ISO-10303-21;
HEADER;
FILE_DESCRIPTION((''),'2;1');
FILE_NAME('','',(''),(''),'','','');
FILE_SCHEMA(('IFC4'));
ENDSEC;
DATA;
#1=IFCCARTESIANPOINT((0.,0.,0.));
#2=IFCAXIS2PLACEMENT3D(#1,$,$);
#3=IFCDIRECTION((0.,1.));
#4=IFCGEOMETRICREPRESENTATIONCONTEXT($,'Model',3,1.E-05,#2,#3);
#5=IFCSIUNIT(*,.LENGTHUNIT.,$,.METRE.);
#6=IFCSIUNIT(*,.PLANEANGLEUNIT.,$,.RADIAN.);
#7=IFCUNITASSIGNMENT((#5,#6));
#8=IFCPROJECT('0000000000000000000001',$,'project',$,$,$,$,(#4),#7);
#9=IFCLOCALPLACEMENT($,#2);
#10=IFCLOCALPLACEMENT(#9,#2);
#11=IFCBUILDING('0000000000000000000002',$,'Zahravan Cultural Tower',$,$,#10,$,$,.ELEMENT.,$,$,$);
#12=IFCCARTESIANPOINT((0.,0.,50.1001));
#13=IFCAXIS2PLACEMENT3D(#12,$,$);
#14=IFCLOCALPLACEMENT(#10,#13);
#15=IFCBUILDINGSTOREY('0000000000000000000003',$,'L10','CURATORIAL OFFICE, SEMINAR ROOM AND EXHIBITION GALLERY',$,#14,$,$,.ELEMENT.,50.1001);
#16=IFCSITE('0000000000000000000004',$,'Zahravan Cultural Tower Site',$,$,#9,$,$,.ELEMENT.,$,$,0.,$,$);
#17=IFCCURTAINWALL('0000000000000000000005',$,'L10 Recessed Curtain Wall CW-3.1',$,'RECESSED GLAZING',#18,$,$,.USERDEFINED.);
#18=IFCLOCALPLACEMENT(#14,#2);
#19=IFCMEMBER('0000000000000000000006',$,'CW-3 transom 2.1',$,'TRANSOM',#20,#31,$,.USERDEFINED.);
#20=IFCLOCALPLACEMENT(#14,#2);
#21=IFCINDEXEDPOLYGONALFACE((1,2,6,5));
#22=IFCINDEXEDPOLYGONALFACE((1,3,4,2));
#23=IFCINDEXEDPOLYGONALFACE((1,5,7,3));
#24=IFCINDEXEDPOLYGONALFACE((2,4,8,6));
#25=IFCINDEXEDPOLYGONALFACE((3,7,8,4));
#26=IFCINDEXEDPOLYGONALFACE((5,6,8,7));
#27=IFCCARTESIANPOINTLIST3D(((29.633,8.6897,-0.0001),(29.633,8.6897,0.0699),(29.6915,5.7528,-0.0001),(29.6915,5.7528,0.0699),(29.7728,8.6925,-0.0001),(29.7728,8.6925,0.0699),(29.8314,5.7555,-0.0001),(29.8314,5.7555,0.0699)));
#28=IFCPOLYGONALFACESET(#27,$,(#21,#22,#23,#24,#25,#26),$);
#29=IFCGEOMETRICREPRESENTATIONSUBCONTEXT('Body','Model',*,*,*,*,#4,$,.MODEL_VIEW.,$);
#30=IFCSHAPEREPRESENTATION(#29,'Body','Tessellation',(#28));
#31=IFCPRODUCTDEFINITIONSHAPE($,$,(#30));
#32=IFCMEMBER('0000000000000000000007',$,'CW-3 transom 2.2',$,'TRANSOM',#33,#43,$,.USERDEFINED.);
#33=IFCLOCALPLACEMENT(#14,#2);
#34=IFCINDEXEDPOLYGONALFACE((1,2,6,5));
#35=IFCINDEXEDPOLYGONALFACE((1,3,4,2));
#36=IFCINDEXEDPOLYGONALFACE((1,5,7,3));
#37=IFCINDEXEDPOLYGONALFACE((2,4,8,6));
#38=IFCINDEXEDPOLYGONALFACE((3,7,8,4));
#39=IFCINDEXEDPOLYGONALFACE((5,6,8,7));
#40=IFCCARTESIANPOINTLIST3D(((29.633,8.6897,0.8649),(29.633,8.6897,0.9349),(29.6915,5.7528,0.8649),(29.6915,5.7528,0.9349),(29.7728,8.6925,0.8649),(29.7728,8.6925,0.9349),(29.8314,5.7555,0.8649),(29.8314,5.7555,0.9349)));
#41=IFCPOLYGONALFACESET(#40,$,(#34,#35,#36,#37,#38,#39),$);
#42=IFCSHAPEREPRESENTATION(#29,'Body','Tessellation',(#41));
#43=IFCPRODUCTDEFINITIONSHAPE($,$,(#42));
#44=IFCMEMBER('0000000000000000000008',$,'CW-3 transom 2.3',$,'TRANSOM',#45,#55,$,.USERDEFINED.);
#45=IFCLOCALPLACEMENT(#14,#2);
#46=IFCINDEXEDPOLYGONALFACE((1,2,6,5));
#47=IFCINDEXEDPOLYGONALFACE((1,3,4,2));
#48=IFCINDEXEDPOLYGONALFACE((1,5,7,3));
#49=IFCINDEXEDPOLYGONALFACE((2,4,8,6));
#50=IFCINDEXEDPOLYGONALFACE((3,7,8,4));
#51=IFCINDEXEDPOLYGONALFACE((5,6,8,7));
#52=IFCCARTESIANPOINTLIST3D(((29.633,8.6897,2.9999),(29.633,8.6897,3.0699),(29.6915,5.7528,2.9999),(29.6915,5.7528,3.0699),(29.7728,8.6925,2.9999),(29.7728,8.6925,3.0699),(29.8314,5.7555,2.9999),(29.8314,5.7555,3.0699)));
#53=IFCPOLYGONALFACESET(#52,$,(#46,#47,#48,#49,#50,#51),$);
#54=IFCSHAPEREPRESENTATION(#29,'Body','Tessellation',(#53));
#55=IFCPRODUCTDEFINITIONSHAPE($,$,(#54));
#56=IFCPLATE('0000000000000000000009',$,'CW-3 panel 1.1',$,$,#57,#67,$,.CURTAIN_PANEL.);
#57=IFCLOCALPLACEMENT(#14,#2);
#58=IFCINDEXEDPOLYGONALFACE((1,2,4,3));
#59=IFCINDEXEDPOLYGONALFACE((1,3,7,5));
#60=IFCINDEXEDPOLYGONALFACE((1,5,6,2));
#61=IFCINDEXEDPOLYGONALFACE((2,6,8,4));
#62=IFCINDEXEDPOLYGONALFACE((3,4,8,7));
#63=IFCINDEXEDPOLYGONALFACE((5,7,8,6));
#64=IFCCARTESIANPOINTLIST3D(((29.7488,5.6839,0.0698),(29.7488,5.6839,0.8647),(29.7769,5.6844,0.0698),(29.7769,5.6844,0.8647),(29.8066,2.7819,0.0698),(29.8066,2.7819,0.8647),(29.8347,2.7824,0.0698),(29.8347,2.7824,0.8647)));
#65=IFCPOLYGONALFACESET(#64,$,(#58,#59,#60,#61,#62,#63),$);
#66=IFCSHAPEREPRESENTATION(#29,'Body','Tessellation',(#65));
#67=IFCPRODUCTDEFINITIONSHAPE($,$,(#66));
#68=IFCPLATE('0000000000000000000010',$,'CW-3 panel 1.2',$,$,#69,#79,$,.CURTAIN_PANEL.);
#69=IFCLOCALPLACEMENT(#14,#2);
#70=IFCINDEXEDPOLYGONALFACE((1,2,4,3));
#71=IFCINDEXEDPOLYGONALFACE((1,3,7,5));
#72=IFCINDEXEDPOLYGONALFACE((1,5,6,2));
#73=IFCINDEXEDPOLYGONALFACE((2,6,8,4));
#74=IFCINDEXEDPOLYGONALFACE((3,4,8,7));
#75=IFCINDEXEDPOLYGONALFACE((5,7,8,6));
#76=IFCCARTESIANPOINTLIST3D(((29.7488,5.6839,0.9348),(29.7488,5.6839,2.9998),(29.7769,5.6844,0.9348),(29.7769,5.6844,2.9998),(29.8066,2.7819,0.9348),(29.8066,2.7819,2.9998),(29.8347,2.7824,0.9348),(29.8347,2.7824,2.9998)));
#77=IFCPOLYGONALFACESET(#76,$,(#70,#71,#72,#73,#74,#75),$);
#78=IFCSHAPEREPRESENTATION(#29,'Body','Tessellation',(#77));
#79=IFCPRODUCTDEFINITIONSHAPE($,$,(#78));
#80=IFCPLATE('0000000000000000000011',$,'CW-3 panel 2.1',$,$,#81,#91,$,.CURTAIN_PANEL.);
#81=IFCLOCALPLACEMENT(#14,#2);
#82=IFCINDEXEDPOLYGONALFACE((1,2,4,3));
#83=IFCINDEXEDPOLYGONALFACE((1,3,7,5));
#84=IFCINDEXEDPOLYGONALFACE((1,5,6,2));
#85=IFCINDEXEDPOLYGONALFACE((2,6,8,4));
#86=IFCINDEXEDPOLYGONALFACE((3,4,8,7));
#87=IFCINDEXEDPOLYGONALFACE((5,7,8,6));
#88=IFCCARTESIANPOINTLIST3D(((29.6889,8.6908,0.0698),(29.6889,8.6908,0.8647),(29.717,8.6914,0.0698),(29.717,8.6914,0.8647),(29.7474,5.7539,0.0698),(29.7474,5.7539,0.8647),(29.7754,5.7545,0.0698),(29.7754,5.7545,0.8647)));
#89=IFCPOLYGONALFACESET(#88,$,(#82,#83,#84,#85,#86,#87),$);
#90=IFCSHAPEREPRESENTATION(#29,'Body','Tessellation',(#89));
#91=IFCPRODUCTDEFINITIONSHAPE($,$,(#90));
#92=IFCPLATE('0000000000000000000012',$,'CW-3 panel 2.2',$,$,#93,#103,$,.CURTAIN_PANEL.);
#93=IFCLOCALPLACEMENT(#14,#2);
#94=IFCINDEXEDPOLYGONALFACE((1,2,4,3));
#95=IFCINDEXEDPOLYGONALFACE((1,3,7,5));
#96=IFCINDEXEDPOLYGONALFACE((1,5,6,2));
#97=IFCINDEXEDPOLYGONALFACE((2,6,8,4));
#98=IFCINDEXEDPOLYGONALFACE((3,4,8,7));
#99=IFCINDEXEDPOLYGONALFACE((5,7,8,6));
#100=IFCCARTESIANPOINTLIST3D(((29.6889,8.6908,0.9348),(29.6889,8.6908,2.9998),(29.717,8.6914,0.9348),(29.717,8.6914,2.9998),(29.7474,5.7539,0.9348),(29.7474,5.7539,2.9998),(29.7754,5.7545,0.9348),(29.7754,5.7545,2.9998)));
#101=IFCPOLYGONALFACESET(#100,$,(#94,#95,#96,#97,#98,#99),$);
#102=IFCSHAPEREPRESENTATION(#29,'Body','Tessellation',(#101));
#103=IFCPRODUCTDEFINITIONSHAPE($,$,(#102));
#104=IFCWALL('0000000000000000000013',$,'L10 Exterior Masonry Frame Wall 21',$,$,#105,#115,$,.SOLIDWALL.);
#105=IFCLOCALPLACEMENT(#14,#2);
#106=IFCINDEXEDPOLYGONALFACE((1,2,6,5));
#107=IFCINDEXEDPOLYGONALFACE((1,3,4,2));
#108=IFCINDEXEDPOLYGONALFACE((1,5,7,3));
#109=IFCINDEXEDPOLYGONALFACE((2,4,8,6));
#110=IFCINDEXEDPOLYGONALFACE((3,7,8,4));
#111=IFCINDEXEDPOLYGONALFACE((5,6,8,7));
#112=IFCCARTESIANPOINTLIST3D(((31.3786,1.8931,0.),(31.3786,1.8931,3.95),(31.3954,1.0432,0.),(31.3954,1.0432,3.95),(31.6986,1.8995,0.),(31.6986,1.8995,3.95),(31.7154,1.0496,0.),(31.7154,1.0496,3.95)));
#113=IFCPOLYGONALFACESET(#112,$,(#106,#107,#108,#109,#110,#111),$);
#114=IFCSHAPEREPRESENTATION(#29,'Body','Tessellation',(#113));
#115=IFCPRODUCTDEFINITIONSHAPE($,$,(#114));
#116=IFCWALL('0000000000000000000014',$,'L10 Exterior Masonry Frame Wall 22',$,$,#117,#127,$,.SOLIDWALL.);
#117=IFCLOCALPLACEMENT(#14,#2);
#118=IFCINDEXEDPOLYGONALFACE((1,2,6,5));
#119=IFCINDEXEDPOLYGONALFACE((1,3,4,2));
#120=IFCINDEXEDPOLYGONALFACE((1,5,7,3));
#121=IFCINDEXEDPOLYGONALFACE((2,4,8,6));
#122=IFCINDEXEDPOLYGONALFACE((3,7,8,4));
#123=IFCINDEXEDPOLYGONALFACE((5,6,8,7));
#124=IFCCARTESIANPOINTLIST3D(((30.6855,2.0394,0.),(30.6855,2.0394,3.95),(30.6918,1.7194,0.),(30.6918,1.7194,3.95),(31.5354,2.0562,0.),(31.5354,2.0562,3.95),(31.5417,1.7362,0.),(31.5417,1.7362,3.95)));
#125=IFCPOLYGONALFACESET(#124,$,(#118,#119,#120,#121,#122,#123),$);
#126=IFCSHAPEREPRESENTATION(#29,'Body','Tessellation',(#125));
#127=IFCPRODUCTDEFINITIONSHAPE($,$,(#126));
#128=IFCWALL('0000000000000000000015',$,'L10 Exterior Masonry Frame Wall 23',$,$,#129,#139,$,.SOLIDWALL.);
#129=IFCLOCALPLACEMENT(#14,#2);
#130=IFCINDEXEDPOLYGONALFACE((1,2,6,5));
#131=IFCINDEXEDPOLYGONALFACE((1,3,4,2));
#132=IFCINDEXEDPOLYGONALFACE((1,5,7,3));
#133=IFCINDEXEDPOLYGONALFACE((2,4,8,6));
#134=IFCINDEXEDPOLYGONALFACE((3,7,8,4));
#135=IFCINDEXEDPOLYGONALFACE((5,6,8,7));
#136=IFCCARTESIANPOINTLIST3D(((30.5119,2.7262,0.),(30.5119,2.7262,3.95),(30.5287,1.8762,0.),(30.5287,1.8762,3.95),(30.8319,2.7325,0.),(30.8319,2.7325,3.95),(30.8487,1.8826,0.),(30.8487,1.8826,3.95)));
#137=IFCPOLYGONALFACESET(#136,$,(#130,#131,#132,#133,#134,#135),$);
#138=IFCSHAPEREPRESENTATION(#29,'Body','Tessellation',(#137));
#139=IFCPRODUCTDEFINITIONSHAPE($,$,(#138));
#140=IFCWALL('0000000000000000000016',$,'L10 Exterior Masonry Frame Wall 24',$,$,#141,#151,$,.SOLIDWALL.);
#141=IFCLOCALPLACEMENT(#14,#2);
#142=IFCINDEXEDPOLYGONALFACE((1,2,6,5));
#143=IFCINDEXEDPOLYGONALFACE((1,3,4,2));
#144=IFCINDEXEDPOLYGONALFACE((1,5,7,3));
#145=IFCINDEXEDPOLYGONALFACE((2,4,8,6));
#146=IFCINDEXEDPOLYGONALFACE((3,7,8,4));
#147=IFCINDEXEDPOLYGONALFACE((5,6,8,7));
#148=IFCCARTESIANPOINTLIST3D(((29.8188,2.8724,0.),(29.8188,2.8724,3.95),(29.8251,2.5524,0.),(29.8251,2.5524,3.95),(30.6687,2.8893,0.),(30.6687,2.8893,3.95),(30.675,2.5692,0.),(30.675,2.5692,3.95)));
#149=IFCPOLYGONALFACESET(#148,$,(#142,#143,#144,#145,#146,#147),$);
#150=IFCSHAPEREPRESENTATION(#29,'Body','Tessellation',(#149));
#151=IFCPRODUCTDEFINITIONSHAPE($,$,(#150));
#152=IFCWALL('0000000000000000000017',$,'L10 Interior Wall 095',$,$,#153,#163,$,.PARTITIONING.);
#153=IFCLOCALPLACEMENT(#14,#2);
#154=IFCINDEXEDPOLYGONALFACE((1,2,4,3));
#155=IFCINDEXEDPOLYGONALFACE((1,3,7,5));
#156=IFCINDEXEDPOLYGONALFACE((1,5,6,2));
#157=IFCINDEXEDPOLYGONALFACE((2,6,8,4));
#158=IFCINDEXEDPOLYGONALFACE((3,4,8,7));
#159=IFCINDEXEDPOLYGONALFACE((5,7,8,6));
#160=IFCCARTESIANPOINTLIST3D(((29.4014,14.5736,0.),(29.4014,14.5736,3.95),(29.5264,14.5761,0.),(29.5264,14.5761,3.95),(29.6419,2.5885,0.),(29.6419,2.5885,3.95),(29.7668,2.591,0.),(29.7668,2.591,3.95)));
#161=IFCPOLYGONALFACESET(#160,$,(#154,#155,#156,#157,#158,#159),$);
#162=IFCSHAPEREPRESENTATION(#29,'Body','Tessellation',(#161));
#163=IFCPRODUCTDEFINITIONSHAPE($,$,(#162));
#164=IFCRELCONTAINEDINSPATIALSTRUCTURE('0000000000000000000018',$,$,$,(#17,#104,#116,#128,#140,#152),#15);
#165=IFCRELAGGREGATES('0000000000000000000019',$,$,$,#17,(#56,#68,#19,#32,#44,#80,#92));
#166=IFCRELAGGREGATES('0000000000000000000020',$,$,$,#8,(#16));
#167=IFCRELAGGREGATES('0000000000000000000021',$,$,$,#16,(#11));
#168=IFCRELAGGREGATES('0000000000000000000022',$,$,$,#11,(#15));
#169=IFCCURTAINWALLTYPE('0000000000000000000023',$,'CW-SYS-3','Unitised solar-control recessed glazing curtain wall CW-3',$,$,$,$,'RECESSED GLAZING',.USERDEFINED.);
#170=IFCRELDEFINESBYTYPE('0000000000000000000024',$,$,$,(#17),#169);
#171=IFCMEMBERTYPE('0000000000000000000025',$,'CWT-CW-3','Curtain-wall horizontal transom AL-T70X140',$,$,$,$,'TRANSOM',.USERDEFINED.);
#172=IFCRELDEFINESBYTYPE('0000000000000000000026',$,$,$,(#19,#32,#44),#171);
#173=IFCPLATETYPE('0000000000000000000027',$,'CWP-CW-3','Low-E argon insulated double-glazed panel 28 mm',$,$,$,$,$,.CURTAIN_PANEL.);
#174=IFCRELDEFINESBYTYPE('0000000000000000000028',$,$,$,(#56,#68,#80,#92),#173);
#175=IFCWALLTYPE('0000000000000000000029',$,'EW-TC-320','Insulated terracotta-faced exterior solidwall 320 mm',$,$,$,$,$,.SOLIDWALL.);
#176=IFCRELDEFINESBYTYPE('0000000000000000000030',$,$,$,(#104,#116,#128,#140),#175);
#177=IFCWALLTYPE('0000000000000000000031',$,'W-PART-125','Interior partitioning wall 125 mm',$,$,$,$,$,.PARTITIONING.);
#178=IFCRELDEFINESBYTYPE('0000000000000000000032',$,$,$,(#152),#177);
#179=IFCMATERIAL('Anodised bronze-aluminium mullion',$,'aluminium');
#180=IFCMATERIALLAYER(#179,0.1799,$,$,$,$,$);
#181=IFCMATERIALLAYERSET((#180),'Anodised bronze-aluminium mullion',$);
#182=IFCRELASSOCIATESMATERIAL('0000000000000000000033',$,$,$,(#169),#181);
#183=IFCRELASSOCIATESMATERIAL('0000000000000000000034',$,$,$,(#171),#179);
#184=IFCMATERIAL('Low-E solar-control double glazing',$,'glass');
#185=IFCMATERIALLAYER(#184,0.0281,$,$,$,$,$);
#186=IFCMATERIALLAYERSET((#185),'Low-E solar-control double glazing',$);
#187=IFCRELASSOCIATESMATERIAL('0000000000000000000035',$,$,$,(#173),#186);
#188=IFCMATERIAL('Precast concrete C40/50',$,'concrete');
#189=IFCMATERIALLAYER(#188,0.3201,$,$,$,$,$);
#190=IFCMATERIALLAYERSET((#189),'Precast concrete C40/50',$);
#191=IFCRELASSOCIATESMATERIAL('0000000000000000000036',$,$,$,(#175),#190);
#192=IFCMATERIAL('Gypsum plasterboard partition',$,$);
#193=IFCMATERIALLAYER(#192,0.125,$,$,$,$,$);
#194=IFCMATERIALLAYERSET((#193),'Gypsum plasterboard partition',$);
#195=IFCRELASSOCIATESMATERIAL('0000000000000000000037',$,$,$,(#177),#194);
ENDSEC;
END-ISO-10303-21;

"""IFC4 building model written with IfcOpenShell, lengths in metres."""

from ifc_helpers import new_model, si_unit, direction, frame, frame_2d, origin, origin_2d, place, context, subcontext, project, spatial, rectangle, extrude, source, transform, mapped, material, layer, layer_set, material_profile, profile_set, type_object, element, aggregate, save


model = new_model("IFC4")

# Units and contexts
model_context = context("Model", 3, precision=1e-05, world=origin(), true_north=direction((0.0, 1.0)))
body_context = subcontext(model_context, "Body", "Model", "MODEL_VIEW")
ifc_project = project(units=[si_unit("LENGTHUNIT", "METRE"), si_unit("PLANEANGLEUNIT", "RADIAN")], contexts=[model_context])

# Site, building, storey
site_placement = place(None, origin())
site = spatial("IfcSite", under=ifc_project, at=site_placement, Name="Zahravan Cultural Tower Site", CompositionType="ELEMENT", RefElevation=0.0)
building_placement = place(site_placement, origin())
building = spatial("IfcBuilding", under=site, at=building_placement, Name="Zahravan Cultural Tower", CompositionType="ELEMENT")
storey_placement = place(building_placement, frame((0.0, 0.0, 50.1001)))
storey = spatial("IfcBuildingStorey", under=building, at=storey_placement, Name="L10", Description="CURATORIAL OFFICE, SEMINAR ROOM AND EXHIBITION GALLERY", CompositionType="ELEMENT", Elevation=50.1001)

# Curtain wall, members, plates
ifc_material_1 = material(Name="Anodised bronze-aluminium mullion", Category="aluminium")
ifc_layer_1 = layer(ifc_material_1, 0.1799)
ifc_layer_set_1 = layer_set([ifc_layer_1], Name="Anodised bronze-aluminium mullion")
curtain_wall_type = type_object("IfcCurtainWallType", Name="CW-SYS-3", Description="Unitised solar-control recessed glazing curtain wall CW-3", ElementType="RECESSED GLAZING", PredefinedType="USERDEFINED", material=ifc_layer_set_1)
curtain_wall_placement = place(storey_placement, origin())
curtain_wall = element("IfcCurtainWall", 1, at=curtain_wall_placement, inside=storey, type_object=curtain_wall_type, Name="L10 Recessed Curtain Wall CW-3.1", ObjectType="RECESSED GLAZING", PredefinedType="USERDEFINED")
ifc_material_profile_1 = material_profile(ifc_material_1, rectangle(XDim=0.1399, YDim=0.0701, at=origin_2d()), Name="AL-T70X140")
ifc_profile_set_1 = profile_set([ifc_material_profile_1], Name="Anodised bronze-aluminium mullion")
member_type_1 = type_object("IfcMemberType", Name="CWT-CW-3", Description="Curtain-wall horizontal transom AL-T70X140", ElementType="TRANSOM", PredefinedType="USERDEFINED", material=ifc_profile_set_1)
shared_shape_1 = source(origin(), body_context, "Body", "SweptSolid", [
    extrude(rectangle(XDim=0.1399, YDim=0.0701, at=origin_2d()), origin(), (0.0, 0.0, 1.0), 2.9375),
])
member_1_placement = place(storey_placement, frame((29.7615, 5.7542, 0.0349), z_axis=(-0.019946, 0.999801, 0.0), x_axis=(-0.999801, -0.019946, 0.0)))
member_1 = element("IfcMember", 2, at=member_1_placement, type_object=member_type_1, Name="CW-3 transom 2.1", ObjectType="TRANSOM", PredefinedType="USERDEFINED", context=body_context, shape_type="MappedRepresentation", body=[
    mapped(shared_shape_1, transform((0.0, 0.0, 0.0), x_axis=(1.0, 0.0, 0.0), y_axis=(0.0, 1.0, 0.0), z_axis=(0.0, 0.0, 1.0), scale=1.0)),
])
member_2_placement = place(storey_placement, frame((29.7615, 5.7542, 0.8999), z_axis=(-0.019946, 0.999801, 0.0), x_axis=(-0.999801, -0.019946, 0.0)))
member_2 = element("IfcMember", 3, at=member_2_placement, type_object=member_type_1, Name="CW-3 transom 2.2", ObjectType="TRANSOM", PredefinedType="USERDEFINED", context=body_context, shape_type="MappedRepresentation", body=[
    mapped(shared_shape_1, transform((0.0, 0.0, 0.0), x_axis=(1.0, 0.0, 0.0), y_axis=(0.0, 1.0, 0.0), z_axis=(0.0, 0.0, 1.0), scale=1.0)),
])
member_3_placement = place(storey_placement, frame((29.7615, 5.7542, 3.0349), z_axis=(-0.019946, 0.999801, 0.0), x_axis=(-0.999801, -0.019946, 0.0)))
member_3 = element("IfcMember", 4, at=member_3_placement, type_object=member_type_1, Name="CW-3 transom 2.3", ObjectType="TRANSOM", PredefinedType="USERDEFINED", context=body_context, shape_type="MappedRepresentation", body=[
    mapped(shared_shape_1, transform((0.0, 0.0, 0.0), x_axis=(1.0, 0.0, 0.0), y_axis=(0.0, 1.0, 0.0), z_axis=(0.0, 0.0, 1.0), scale=1.0)),
])
ifc_material_2 = material(Name="Low-E solar-control double glazing", Category="glass")
ifc_layer_2 = layer(ifc_material_2, 0.0281)
ifc_layer_set_2 = layer_set([ifc_layer_2], Name="Low-E solar-control double glazing")
plate_type = type_object("IfcPlateType", Name="CWP-CW-3", Description="Low-E argon insulated double-glazed panel 28 mm", PredefinedType="CURTAIN_PANEL", material=ifc_layer_set_2)
shared_shape_2 = source(origin(), body_context, "Body", "SweptSolid", [
    extrude(rectangle(XDim=2.9026, YDim=0.0281, at=origin_2d()), origin(), (0.0, 0.0, 1.0), 0.7949),
])
plate_1_placement = place(storey_placement, frame((29.7917, 4.2332, 0.0698), z_axis=(0.0, 0.0, 1.0), x_axis=(-0.0199, 0.999802, 0.0)))
plate_1 = element("IfcPlate", 5, at=plate_1_placement, type_object=plate_type, Name="CW-3 panel 1.1", PredefinedType="CURTAIN_PANEL", context=body_context, shape_type="MappedRepresentation", body=[
    mapped(shared_shape_2, transform((0.0, 0.0, 0.0), x_axis=(1.0, 0.0, 0.0), y_axis=(0.0, 1.0, 0.0), z_axis=(0.0, 0.0, 1.0), scale=1.0)),
])
shared_shape_3 = source(origin(), body_context, "Body", "SweptSolid", [
    extrude(rectangle(XDim=2.9026, YDim=0.0281, at=origin_2d()), origin(), (0.0, 0.0, 1.0), 2.0649),
])
plate_2_placement = place(storey_placement, frame((29.7917, 4.2332, 0.9348), z_axis=(0.0, 0.0, 1.0), x_axis=(-0.0199, 0.999802, 0.0)))
plate_2 = element("IfcPlate", 6, at=plate_2_placement, type_object=plate_type, Name="CW-3 panel 1.2", PredefinedType="CURTAIN_PANEL", context=body_context, shape_type="MappedRepresentation", body=[
    mapped(shared_shape_3, transform((0.0, 0.0, 0.0), x_axis=(1.0, 0.0, 0.0), y_axis=(0.0, 1.0, 0.0), z_axis=(0.0, 0.0, 1.0), scale=1.0)),
])
shared_shape_4 = source(origin(), body_context, "Body", "SweptSolid", [
    extrude(rectangle(XDim=2.9375, YDim=0.0281, at=origin_2d()), origin(), (0.0, 0.0, 1.0), 0.7949),
])
plate_3_placement = place(storey_placement, frame((29.7322, 7.2227, 0.0698), z_axis=(0.0, 0.0, 1.0), x_axis=(-0.0199, 0.999802, 0.0)))
plate_3 = element("IfcPlate", 7, at=plate_3_placement, type_object=plate_type, Name="CW-3 panel 2.1", PredefinedType="CURTAIN_PANEL", context=body_context, shape_type="MappedRepresentation", body=[
    mapped(shared_shape_4, transform((0.0, 0.0, 0.0), x_axis=(1.0, 0.0, 0.0), y_axis=(0.0, 1.0, 0.0), z_axis=(0.0, 0.0, 1.0), scale=1.0)),
])
shared_shape_5 = source(origin(), body_context, "Body", "SweptSolid", [
    extrude(rectangle(XDim=2.9375, YDim=0.0281, at=origin_2d()), origin(), (0.0, 0.0, 1.0), 2.0649),
])
plate_4_placement = place(storey_placement, frame((29.7322, 7.2227, 0.9348), z_axis=(0.0, 0.0, 1.0), x_axis=(-0.0199, 0.999802, 0.0)))
plate_4 = element("IfcPlate", 8, at=plate_4_placement, type_object=plate_type, Name="CW-3 panel 2.2", PredefinedType="CURTAIN_PANEL", context=body_context, shape_type="MappedRepresentation", body=[
    mapped(shared_shape_5, transform((0.0, 0.0, 0.0), x_axis=(1.0, 0.0, 0.0), y_axis=(0.0, 1.0, 0.0), z_axis=(0.0, 0.0, 1.0), scale=1.0)),
])
aggregate(curtain_wall, [plate_1, plate_2, member_1, member_2, member_3, plate_3, plate_4])

# Walls
ifc_material_3 = material(Name="Precast concrete C40/50", Category="concrete")
ifc_layer_3 = layer(ifc_material_3, 0.3201)
ifc_layer_set_3 = layer_set([ifc_layer_3], Name="Precast concrete C40/50")
wall_type_1 = type_object("IfcWallType", Name="EW-TC-320", Description="Insulated terracotta-faced exterior solidwall 320 mm", PredefinedType="SOLIDWALL", material=ifc_layer_set_3)
shared_shape_6 = source(origin(), body_context, "Body", "SweptSolid", [
    extrude(rectangle(XDim=0.8501, YDim=0.3201, at=frame_2d((0.425, 0.0))), origin(), (0.0, 0.0, 1.0), 3.95),
])
for number, where, z_axis, x_axis, name in (
    (9, (31.5554, 1.0464, 0.0), (0.0, 0.0, 1.0), (-0.019818, 0.999804, 0.0), "L10 Exterior Masonry Frame Wall 21"),
    (10, (31.5386, 1.8962, 0.0), (0.0, 0.0, 1.0), (-0.999804, -0.019818, 0.0), "L10 Exterior Masonry Frame Wall 22"),
    (11, (30.6887, 1.8794, 0.0), (0.0, 0.0, 1.0), (-0.019818, 0.999804, 0.0), "L10 Exterior Masonry Frame Wall 23"),
    (12, (30.6719, 2.7292, 0.0), (0.0, 0.0, 1.0), (-0.999804, -0.019818, 0.0), "L10 Exterior Masonry Frame Wall 24"),
):
    element("IfcWall", number, at=place(storey_placement, frame(where, z_axis=z_axis, x_axis=x_axis)), inside=storey, type_object=wall_type_1, Name=name, PredefinedType="SOLIDWALL", context=body_context, shape_type="MappedRepresentation", body=[
        mapped(shared_shape_6, transform((0.0, 0.0, 0.0), x_axis=(1.0, 0.0, 0.0), y_axis=(0.0, 1.0, 0.0), z_axis=(0.0, 0.0, 1.0), scale=1.0)),
    ])
ifc_material_4 = material(Name="Gypsum plasterboard partition")
ifc_layer_4 = layer(ifc_material_4, 0.125)
ifc_layer_set_4 = layer_set([ifc_layer_4], Name="Gypsum plasterboard partition")
wall_type_2 = type_object("IfcWallType", Name="W-PART-125", Description="Interior partitioning wall 125 mm", PredefinedType="PARTITIONING", material=ifc_layer_set_4)
shared_shape_7 = source(origin(), body_context, "Body", "SweptSolid", [
    extrude(rectangle(XDim=11.9875, YDim=0.125, at=frame_2d((5.9937, 0.0))), origin(), (0.0, 0.0, 1.0), 3.95),
])
wall_placement = place(storey_placement, frame((29.7043, 2.5898, 0.0), z_axis=(0.0, 0.0, 1.0), x_axis=(-0.020061, 0.999799, 0.0)))
element("IfcWall", 13, at=wall_placement, inside=storey, type_object=wall_type_2, Name="L10 Interior Wall 095", PredefinedType="PARTITIONING", context=body_context, shape_type="MappedRepresentation", body=[
    mapped(shared_shape_7, transform((0.0, 0.0, 0.0), x_axis=(1.0, 0.0, 0.0), y_axis=(0.0, 1.0, 0.0), z_axis=(0.0, 0.0, 1.0), scale=1.0)),
])

save(model, "model.ifc")
